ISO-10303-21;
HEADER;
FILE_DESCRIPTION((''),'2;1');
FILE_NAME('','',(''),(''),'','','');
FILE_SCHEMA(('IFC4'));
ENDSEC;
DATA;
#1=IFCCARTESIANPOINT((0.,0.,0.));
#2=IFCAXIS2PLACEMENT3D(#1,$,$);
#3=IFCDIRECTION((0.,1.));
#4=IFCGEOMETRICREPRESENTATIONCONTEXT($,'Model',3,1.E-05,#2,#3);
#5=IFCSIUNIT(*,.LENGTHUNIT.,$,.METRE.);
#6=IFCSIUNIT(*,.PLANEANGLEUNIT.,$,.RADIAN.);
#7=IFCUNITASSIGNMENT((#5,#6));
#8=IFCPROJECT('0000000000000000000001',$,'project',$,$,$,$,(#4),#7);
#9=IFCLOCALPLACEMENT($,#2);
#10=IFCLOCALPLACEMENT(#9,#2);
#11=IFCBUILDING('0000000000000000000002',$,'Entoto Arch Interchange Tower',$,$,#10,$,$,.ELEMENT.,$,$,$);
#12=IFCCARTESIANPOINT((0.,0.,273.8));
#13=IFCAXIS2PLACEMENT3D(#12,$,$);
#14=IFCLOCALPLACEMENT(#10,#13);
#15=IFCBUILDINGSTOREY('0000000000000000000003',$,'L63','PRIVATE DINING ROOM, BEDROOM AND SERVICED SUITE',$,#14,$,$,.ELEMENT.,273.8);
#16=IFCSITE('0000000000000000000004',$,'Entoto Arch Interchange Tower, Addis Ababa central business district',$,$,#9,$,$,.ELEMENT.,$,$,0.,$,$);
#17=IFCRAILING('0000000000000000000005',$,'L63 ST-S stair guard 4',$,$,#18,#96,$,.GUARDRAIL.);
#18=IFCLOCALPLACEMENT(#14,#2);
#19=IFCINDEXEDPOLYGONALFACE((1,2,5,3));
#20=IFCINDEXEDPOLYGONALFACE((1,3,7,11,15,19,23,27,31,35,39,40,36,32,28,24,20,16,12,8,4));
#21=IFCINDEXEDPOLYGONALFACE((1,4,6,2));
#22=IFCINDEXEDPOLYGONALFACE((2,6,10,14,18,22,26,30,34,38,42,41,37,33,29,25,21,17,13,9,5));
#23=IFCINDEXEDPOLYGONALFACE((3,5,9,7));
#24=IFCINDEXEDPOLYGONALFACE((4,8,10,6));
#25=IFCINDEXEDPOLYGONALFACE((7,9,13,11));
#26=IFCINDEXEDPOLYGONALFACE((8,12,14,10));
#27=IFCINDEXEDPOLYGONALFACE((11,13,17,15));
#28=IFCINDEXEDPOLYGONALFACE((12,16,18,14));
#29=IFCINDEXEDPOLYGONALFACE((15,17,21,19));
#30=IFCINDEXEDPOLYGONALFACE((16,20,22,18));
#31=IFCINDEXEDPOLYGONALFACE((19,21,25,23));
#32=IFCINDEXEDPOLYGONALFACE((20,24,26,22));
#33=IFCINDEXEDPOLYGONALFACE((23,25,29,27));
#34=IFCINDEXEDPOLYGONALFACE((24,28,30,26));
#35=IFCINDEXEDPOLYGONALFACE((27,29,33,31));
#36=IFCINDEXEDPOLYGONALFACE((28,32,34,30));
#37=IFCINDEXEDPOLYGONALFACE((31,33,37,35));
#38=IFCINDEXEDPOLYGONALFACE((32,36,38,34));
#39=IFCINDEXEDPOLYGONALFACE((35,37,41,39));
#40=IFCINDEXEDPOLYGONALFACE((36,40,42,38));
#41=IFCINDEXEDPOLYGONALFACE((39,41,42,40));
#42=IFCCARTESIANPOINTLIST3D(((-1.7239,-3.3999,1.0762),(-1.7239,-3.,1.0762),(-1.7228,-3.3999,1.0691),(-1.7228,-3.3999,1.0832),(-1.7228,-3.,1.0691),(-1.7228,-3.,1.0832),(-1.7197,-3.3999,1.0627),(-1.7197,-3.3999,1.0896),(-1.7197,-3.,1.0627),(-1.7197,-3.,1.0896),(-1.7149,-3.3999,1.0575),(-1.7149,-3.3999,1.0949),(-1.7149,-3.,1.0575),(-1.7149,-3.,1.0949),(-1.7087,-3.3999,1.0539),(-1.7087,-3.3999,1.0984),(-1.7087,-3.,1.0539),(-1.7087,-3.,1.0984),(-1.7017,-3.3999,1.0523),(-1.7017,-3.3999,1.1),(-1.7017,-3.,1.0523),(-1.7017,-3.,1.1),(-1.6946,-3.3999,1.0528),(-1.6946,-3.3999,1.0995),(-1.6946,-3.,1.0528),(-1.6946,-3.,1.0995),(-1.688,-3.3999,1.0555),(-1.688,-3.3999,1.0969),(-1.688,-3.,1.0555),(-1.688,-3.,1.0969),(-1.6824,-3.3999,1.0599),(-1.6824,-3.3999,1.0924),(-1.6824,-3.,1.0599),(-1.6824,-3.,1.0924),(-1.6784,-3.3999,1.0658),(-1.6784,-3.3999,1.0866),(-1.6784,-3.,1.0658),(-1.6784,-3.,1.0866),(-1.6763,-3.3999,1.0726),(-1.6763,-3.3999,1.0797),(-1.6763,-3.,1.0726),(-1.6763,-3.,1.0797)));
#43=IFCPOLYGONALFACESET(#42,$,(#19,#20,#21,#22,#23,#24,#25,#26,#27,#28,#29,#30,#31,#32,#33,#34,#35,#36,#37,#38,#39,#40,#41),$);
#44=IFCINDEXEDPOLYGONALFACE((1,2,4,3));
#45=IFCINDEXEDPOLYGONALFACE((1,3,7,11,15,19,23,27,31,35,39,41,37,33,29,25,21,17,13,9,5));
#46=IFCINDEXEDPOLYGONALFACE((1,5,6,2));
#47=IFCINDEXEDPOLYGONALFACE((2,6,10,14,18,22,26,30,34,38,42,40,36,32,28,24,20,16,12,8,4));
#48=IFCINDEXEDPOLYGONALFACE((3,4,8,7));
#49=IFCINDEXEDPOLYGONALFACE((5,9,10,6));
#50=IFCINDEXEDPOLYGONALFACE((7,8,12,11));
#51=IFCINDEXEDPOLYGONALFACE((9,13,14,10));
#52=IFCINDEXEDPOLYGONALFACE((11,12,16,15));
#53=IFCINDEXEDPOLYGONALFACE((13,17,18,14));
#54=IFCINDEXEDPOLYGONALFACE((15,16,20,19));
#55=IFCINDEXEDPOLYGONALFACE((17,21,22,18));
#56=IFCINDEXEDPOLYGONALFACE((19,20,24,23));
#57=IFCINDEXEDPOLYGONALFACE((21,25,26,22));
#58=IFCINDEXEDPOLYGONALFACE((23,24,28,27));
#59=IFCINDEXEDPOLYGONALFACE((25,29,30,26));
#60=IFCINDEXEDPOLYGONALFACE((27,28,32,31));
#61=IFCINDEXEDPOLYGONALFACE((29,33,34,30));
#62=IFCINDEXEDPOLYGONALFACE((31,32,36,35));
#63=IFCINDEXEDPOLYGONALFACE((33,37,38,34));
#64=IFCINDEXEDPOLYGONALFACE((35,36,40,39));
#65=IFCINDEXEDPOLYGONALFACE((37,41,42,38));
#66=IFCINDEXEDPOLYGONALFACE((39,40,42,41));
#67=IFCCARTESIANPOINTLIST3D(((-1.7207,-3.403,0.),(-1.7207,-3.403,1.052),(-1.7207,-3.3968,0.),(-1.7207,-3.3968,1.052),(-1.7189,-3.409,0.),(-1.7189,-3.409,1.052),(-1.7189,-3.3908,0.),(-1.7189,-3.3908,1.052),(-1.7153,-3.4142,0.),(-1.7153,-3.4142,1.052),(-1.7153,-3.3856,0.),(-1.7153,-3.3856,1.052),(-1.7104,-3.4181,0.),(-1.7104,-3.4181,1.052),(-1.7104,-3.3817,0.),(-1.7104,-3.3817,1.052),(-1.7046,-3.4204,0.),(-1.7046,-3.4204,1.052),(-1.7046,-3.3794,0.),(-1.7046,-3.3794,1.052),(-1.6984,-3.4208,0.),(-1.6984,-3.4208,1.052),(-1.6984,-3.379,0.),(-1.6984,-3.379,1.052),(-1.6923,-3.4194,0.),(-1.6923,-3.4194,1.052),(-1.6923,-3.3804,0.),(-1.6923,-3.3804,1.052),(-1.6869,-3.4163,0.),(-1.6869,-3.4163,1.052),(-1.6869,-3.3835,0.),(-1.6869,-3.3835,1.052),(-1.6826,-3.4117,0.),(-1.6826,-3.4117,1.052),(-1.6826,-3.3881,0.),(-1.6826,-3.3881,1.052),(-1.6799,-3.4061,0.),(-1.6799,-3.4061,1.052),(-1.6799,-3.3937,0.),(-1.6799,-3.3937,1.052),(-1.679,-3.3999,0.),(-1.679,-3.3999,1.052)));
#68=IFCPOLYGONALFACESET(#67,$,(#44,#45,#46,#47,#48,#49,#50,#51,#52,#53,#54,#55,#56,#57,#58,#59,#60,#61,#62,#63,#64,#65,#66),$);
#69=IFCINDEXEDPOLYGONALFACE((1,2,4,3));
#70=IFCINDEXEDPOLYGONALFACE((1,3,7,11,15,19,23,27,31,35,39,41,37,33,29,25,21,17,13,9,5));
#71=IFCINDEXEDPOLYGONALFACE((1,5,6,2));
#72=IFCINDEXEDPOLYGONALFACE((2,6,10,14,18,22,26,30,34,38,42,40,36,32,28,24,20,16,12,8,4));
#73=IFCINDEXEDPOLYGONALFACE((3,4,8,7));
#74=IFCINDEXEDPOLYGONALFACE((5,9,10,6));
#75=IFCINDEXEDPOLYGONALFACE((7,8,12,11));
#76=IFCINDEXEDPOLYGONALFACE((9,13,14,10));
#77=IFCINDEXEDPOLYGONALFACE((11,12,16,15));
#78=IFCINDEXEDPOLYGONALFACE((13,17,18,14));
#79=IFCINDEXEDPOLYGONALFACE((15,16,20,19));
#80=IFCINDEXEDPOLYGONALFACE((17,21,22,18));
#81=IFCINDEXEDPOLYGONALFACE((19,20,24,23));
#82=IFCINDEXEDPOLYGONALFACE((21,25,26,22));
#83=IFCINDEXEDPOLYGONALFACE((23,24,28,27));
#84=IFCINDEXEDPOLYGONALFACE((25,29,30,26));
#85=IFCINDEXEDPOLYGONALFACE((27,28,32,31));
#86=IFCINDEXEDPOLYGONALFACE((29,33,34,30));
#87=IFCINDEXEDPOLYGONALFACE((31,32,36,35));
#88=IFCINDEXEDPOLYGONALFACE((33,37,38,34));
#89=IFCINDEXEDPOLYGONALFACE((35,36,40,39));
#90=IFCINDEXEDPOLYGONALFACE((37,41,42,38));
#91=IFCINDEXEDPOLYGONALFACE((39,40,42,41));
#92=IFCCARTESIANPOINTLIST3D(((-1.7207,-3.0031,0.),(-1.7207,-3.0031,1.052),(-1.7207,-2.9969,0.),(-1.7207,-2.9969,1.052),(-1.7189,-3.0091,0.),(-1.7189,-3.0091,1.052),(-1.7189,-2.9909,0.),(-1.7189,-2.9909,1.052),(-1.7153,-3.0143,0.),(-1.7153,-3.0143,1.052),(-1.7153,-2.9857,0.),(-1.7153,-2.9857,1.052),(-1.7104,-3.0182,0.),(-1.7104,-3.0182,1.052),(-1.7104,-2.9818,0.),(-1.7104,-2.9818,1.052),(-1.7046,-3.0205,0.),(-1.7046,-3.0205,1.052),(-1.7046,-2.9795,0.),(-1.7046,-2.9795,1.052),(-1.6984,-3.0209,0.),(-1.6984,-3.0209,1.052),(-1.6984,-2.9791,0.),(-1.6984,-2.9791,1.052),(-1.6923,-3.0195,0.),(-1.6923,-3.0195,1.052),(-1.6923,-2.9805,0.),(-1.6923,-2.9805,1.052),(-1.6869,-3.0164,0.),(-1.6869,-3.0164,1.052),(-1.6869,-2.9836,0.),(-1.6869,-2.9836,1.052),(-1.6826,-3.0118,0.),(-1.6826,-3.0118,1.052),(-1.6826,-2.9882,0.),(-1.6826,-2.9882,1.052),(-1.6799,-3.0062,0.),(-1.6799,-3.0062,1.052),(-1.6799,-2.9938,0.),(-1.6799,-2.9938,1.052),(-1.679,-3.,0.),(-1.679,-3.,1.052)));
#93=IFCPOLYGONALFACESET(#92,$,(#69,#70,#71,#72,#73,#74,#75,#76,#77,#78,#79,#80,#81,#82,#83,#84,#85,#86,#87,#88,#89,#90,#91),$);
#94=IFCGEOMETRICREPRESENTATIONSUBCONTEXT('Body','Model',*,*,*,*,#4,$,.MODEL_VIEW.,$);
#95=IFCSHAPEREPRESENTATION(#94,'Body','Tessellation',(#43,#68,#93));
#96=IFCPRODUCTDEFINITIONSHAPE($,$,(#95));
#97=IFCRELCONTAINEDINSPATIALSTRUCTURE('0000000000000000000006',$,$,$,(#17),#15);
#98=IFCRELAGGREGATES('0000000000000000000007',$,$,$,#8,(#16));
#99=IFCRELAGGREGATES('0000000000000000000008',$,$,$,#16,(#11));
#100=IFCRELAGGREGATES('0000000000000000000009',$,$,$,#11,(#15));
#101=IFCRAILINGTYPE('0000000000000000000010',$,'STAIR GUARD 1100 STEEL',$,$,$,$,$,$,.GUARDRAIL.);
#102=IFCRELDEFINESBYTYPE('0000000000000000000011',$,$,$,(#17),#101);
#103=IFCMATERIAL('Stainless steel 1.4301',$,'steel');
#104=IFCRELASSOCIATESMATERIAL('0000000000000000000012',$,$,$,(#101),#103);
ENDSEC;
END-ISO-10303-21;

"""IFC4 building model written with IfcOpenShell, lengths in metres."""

from ifc_helpers import new_model, si_unit, direction, frame, origin, origin_2d, place, context, subcontext, project, spatial, circle, extrude, material, type_object, element, save


model = new_model("IFC4")

# Units and contexts
model_context = context("Model", 3, precision=1e-05, world=origin(), true_north=direction((0.0, 1.0)))
body_context = subcontext(model_context, "Body", "Model", "MODEL_VIEW")
ifc_project = project(units=[si_unit("LENGTHUNIT", "METRE"), si_unit("PLANEANGLEUNIT", "RADIAN")], contexts=[model_context])

# Site, building, storey
site_placement = place(None, origin())
site = spatial("IfcSite", under=ifc_project, at=site_placement, Name="Entoto Arch Interchange Tower, Addis Ababa central business district", CompositionType="ELEMENT", RefElevation=0.0)
building_placement = place(site_placement, origin())
building = spatial("IfcBuilding", under=site, at=building_placement, Name="Entoto Arch Interchange Tower", CompositionType="ELEMENT")
storey_placement = place(building_placement, frame((0.0, 0.0, 273.8)))
storey = spatial("IfcBuildingStorey", under=building, at=storey_placement, Name="L63", Description="PRIVATE DINING ROOM, BEDROOM AND SERVICED SUITE", CompositionType="ELEMENT", Elevation=273.8)

# Railing
ifc_material_1 = material(Name="Stainless steel 1.4301", Category="steel")
railing_type_1 = type_object("IfcRailingType", Name="STAIR GUARD 1100 STEEL", PredefinedType="GUARDRAIL", material=ifc_material_1)
railing_1_placement = place(storey_placement, frame((-1.7, -3.3999, 0.0)))
element("IfcRailing", 1, at=railing_1_placement, inside=storey, type_object=railing_type_1, Name="L63 ST-S stair guard 4", PredefinedType="GUARDRAIL", context=body_context, shape_type="SweptSolid", body=[
    extrude(circle(Radius=0.0239, at=origin_2d()), frame((0.0, 0.0, 1.0762), z_axis=(0.0, 1.0, 0.0), x_axis=(-1.0, 0.0, 0.0)), (0.0, 0.0, 1.0), 0.3999),
    extrude(circle(Radius=0.021, at=origin_2d()), origin(), (0.0, 0.0, 1.0), 1.052),
    extrude(circle(Radius=0.021, at=origin_2d()), frame((0.0, 0.3999, 0.0)), (0.0, 0.0, 1.0), 1.052),
])

save(model, "model.ifc")
